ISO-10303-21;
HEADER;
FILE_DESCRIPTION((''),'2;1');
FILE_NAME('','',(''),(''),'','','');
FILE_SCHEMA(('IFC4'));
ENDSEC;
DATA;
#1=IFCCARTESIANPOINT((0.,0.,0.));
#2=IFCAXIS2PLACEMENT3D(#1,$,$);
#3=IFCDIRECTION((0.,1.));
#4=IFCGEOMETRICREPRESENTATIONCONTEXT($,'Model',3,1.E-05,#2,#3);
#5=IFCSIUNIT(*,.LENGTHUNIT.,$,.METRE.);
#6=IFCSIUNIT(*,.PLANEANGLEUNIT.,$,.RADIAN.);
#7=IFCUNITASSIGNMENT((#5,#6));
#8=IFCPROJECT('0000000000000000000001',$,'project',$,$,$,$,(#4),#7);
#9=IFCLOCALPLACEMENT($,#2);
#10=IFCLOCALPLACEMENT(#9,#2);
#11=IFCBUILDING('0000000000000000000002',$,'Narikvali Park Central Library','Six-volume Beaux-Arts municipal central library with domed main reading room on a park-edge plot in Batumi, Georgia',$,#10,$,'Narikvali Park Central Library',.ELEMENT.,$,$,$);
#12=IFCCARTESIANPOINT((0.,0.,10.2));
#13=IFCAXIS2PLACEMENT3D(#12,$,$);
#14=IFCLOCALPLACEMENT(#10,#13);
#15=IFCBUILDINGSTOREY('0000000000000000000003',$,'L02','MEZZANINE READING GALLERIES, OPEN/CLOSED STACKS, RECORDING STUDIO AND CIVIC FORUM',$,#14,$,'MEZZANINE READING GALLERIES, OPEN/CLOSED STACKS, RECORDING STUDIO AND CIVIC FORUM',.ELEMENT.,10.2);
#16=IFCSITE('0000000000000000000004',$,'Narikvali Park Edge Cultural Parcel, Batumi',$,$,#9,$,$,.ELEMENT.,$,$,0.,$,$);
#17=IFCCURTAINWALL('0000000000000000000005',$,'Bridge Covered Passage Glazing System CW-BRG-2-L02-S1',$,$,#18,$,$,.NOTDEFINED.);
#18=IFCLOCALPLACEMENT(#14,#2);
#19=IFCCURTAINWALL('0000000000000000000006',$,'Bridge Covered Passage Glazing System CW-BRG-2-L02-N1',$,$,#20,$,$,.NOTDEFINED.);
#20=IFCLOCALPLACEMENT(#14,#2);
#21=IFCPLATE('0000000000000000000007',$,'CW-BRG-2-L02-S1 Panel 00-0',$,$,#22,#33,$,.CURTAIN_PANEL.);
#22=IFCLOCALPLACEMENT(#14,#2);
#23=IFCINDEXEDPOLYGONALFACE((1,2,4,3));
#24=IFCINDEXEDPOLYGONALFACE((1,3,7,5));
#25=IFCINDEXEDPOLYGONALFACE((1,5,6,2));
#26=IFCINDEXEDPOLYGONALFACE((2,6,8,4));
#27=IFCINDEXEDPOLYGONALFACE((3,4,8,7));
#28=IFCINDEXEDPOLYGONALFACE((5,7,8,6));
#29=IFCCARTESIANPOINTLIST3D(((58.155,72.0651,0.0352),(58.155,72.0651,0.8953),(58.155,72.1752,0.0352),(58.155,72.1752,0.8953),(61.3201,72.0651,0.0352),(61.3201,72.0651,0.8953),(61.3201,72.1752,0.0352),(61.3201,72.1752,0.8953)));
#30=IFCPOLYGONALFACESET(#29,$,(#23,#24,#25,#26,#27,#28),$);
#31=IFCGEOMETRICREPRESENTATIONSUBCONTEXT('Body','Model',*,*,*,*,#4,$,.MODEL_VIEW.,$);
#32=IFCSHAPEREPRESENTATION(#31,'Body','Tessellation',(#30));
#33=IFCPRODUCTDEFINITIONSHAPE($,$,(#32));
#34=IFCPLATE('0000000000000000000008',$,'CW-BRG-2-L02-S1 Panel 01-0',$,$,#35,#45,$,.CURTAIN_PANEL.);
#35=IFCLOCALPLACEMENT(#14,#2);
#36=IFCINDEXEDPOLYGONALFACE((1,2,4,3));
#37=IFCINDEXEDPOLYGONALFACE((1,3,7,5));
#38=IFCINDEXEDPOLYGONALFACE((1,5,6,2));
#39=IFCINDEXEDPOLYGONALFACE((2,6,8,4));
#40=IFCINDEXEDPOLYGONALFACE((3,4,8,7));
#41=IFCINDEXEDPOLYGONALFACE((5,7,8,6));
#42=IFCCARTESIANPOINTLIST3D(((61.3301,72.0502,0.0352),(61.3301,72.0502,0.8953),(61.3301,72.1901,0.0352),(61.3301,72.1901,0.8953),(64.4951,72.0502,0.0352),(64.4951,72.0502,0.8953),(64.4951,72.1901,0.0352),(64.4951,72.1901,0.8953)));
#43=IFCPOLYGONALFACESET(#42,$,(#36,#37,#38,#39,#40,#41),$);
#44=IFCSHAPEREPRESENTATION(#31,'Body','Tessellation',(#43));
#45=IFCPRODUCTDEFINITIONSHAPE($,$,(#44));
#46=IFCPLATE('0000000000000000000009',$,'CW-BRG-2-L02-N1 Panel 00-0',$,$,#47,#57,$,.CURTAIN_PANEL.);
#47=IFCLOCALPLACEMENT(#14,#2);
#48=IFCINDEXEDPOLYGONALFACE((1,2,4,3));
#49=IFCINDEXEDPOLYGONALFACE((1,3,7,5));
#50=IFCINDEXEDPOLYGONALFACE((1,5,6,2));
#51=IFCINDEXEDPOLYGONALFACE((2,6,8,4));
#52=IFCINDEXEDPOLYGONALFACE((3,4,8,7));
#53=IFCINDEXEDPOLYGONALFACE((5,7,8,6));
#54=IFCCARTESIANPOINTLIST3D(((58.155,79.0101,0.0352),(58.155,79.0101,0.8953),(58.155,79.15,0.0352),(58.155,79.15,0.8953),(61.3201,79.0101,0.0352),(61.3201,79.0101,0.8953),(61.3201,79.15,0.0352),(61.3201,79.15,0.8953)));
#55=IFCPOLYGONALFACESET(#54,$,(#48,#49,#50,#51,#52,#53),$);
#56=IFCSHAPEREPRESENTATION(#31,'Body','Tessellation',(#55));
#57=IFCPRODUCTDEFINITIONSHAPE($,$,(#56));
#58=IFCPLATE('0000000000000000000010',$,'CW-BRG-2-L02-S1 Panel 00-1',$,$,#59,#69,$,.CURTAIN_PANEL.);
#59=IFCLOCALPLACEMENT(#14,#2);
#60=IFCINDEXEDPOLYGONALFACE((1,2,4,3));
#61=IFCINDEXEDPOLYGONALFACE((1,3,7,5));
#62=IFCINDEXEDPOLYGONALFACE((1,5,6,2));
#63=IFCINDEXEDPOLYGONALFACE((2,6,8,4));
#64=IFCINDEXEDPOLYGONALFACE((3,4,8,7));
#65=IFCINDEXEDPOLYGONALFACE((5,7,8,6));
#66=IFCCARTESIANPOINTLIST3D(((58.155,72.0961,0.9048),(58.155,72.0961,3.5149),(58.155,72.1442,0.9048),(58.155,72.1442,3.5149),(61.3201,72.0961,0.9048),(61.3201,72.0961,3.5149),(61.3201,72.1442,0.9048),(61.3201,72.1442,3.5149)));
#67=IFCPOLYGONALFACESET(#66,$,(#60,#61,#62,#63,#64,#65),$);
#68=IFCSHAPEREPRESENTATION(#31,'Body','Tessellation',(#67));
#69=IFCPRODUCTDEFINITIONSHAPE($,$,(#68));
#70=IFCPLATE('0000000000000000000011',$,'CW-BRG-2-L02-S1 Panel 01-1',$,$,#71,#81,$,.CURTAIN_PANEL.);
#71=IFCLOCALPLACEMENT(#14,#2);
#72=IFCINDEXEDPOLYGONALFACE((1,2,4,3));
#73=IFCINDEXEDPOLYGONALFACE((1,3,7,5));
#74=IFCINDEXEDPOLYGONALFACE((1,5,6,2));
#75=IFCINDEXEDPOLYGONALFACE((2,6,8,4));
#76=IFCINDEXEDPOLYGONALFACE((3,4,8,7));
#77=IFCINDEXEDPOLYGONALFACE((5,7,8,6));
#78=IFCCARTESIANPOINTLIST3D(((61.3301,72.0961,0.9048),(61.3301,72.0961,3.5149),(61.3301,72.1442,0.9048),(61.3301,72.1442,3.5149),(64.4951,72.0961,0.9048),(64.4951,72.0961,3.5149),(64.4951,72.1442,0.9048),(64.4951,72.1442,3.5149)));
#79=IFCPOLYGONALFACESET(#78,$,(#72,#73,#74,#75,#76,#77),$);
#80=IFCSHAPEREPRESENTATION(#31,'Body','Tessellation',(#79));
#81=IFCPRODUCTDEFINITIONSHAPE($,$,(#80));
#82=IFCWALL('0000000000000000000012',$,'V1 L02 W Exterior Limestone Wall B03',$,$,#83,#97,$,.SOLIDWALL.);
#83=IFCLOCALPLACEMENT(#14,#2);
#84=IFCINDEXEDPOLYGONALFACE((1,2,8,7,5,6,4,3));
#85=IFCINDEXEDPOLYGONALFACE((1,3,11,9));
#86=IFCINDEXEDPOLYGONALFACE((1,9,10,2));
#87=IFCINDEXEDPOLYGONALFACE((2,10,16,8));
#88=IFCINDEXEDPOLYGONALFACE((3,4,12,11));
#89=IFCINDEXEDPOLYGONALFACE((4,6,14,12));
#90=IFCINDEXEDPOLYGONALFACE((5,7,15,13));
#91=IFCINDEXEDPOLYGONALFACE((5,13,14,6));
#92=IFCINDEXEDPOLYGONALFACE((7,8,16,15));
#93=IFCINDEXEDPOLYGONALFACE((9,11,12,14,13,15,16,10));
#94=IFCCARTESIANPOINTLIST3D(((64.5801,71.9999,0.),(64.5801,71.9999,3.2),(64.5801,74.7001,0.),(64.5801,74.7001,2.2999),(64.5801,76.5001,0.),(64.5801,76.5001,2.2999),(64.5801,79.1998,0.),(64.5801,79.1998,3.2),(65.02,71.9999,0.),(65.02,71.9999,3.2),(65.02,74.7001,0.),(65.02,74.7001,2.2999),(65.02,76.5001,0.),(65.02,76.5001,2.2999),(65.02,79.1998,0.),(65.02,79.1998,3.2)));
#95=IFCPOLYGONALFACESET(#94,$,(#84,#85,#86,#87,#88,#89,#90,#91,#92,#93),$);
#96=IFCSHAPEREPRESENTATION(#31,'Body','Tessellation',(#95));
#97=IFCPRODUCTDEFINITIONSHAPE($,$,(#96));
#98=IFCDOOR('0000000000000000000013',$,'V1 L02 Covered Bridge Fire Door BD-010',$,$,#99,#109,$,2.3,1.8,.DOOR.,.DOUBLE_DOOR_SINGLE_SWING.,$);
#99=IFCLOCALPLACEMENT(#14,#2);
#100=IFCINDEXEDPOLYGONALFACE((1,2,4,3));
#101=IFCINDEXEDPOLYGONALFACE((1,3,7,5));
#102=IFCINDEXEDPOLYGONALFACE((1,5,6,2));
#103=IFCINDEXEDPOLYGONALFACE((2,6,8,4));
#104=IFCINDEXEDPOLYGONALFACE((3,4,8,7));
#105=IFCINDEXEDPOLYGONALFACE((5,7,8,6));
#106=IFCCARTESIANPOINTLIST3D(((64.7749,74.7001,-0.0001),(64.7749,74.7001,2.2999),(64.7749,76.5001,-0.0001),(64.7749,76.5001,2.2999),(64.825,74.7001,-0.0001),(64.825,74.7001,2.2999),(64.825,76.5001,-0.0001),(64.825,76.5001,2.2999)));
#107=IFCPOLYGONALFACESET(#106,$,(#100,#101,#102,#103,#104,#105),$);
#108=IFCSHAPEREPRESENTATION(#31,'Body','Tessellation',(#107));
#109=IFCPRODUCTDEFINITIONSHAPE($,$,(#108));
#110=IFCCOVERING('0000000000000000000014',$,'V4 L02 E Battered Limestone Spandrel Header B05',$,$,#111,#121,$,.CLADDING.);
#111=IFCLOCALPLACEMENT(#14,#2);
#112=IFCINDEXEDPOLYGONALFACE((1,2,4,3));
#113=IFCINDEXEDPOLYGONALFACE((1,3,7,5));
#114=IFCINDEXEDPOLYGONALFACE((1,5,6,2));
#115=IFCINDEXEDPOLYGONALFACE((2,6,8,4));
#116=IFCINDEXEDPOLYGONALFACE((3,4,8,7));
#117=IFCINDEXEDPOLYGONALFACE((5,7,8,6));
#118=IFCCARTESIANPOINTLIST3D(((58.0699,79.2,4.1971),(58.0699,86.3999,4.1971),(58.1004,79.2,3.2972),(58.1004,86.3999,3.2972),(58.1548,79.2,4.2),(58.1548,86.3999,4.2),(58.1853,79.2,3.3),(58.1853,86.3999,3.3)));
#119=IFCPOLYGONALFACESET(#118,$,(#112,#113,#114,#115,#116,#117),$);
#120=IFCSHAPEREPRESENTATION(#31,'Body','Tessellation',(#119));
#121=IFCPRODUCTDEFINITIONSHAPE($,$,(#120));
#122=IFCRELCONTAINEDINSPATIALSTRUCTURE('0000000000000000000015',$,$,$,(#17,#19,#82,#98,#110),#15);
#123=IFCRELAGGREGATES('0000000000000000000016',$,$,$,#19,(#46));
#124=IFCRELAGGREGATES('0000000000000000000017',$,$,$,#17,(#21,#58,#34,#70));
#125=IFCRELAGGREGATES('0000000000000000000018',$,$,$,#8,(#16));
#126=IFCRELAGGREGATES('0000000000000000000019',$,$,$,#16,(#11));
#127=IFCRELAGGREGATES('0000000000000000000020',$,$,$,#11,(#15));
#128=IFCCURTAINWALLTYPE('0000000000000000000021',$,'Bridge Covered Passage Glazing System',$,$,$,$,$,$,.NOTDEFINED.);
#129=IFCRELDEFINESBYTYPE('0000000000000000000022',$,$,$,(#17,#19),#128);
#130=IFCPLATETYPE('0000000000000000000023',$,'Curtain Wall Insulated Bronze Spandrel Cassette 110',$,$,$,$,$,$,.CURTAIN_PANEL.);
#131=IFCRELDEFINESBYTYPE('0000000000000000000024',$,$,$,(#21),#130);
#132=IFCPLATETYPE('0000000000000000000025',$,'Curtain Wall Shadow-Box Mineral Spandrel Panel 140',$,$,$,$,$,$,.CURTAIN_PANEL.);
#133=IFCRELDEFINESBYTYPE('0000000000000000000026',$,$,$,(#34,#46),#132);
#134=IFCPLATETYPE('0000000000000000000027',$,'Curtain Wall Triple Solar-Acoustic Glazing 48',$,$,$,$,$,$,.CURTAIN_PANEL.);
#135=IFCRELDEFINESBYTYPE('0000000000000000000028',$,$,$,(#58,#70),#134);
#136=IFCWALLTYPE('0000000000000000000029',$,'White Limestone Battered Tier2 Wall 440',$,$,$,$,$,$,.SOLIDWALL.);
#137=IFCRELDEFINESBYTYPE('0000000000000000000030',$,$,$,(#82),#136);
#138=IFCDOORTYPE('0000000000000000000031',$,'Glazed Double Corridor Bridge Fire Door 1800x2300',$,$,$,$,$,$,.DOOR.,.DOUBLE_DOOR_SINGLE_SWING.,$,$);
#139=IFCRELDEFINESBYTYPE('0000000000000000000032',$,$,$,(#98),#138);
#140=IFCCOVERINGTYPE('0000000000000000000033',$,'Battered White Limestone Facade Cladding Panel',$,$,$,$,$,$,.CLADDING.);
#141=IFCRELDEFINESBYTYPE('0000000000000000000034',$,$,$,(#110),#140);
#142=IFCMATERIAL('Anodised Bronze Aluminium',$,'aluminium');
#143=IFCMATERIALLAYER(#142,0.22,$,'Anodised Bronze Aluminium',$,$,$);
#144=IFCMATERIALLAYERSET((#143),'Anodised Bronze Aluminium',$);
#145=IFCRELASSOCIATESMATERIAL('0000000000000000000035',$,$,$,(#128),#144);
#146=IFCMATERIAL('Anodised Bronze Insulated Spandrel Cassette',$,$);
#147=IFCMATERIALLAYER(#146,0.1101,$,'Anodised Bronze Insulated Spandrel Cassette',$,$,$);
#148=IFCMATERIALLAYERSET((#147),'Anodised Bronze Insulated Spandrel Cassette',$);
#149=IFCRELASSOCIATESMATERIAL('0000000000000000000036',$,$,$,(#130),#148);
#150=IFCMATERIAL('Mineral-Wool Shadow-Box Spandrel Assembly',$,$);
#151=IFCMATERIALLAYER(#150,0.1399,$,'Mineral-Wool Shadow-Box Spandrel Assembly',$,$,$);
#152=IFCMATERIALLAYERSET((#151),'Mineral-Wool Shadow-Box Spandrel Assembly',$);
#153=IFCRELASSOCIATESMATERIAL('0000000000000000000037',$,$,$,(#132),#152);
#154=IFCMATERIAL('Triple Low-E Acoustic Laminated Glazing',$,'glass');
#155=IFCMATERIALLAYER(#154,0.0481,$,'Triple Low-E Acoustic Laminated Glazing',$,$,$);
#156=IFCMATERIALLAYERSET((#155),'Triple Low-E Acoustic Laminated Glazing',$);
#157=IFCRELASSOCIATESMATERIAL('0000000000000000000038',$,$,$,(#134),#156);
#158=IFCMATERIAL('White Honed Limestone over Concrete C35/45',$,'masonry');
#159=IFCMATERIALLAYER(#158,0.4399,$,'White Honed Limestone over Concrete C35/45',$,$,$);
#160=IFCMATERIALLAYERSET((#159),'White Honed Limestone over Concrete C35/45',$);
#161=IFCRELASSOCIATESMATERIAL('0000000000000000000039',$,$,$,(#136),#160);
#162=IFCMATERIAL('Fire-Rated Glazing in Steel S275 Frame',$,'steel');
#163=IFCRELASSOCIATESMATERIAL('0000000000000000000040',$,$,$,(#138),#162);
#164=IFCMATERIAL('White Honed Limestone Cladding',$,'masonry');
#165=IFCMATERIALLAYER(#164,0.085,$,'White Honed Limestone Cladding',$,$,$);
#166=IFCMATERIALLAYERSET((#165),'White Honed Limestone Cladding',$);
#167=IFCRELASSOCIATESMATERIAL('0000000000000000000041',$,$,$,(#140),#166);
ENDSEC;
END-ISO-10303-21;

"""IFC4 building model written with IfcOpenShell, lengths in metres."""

from ifc_helpers import new_model, si_unit, direction, frame, frame_2d, origin, origin_2d, place, context, subcontext, project, spatial, polyline, rectangle, outline, extrude, material, layer, layer_set, type_object, element, fill, aggregate, save


model = new_model("IFC4")

# Units and contexts
model_context = context("Model", 3, precision=1e-05, world=origin(), true_north=direction((0.0, 1.0)))
body_context = subcontext(model_context, "Body", "Model", "MODEL_VIEW")
ifc_project = project(units=[si_unit("LENGTHUNIT", "METRE"), si_unit("PLANEANGLEUNIT", "RADIAN")], contexts=[model_context])

# Site, building, storey
site_placement = place(None, origin())
site = spatial("IfcSite", under=ifc_project, at=site_placement, Name="Narikvali Park Edge Cultural Parcel, Batumi", CompositionType="ELEMENT", RefElevation=0.0)
building_placement = place(site_placement, origin())
building = spatial("IfcBuilding", under=site, at=building_placement, Name="Narikvali Park Central Library", Description="Six-volume Beaux-Arts municipal central library with domed main reading room on a park-edge plot in Batumi, Georgia", LongName="Narikvali Park Central Library", CompositionType="ELEMENT")
storey_placement = place(building_placement, frame((0.0, 0.0, 10.2)))
storey = spatial("IfcBuildingStorey", under=building, at=storey_placement, Name="L02", Description="MEZZANINE READING GALLERIES, OPEN/CLOSED STACKS, RECORDING STUDIO AND CIVIC FORUM", LongName="MEZZANINE READING GALLERIES, OPEN/CLOSED STACKS, RECORDING STUDIO AND CIVIC FORUM", CompositionType="ELEMENT", Elevation=10.2)

# Curtain walls
ifc_material_1 = material(Name="Anodised Bronze Aluminium", Category="aluminium")
ifc_layer_1 = layer(ifc_material_1, 0.22, Name="Anodised Bronze Aluminium")
ifc_layer_set_1 = layer_set([ifc_layer_1], Name="Anodised Bronze Aluminium")
curtain_wall_type = type_object("IfcCurtainWallType", Name="Bridge Covered Passage Glazing System", PredefinedType="NOTDEFINED", material=ifc_layer_set_1)
curtain_wall_1_placement = place(storey_placement, origin())
curtain_wall_1 = element("IfcCurtainWall", 1, at=curtain_wall_1_placement, inside=storey, type_object=curtain_wall_type, Name="Bridge Covered Passage Glazing System CW-BRG-2-L02-S1", PredefinedType="NOTDEFINED")
curtain_wall_2_placement = place(storey_placement, origin())
curtain_wall_2 = element("IfcCurtainWall", 2, at=curtain_wall_2_placement, inside=storey, type_object=curtain_wall_type, Name="Bridge Covered Passage Glazing System CW-BRG-2-L02-N1", PredefinedType="NOTDEFINED")

# Plates
ifc_material_2 = material(Name="Anodised Bronze Insulated Spandrel Cassette")
ifc_layer_2 = layer(ifc_material_2, 0.1101, Name="Anodised Bronze Insulated Spandrel Cassette")
ifc_layer_set_2 = layer_set([ifc_layer_2], Name="Anodised Bronze Insulated Spandrel Cassette")
plate_type_1 = type_object("IfcPlateType", Name="Curtain Wall Insulated Bronze Spandrel Cassette 110", PredefinedType="CURTAIN_PANEL", material=ifc_layer_set_2)
plate_1_placement = place(storey_placement, frame((59.7375, 72.1201, 0.0352), z_axis=(0.0, 0.0, 1.0), x_axis=(1.0, 0.0, 0.0)))
plate_1 = element("IfcPlate", 3, at=plate_1_placement, type_object=plate_type_1, Name="CW-BRG-2-L02-S1 Panel 00-0", PredefinedType="CURTAIN_PANEL", context=body_context, shape_type="SweptSolid", body=[
    extrude(rectangle(XDim=3.165, YDim=0.1101, at=origin_2d()), origin(), (0.0, 0.0, 1.0), 0.8601),
])
ifc_material_3 = material(Name="Mineral-Wool Shadow-Box Spandrel Assembly")
ifc_layer_3 = layer(ifc_material_3, 0.1399, Name="Mineral-Wool Shadow-Box Spandrel Assembly")
ifc_layer_set_3 = layer_set([ifc_layer_3], Name="Mineral-Wool Shadow-Box Spandrel Assembly")
plate_type_2 = type_object("IfcPlateType", Name="Curtain Wall Shadow-Box Mineral Spandrel Panel 140", PredefinedType="CURTAIN_PANEL", material=ifc_layer_set_3)
plate_2_placement = place(storey_placement, frame((62.9126, 72.1201, 0.0352), z_axis=(0.0, 0.0, 1.0), x_axis=(1.0, 0.0, 0.0)))
plate_2 = element("IfcPlate", 4, at=plate_2_placement, type_object=plate_type_2, Name="CW-BRG-2-L02-S1 Panel 01-0", PredefinedType="CURTAIN_PANEL", context=body_context, shape_type="SweptSolid", body=[
    extrude(rectangle(XDim=3.165, YDim=0.1399, at=origin_2d()), origin(), (0.0, 0.0, 1.0), 0.8601),
])
plate_3_placement = place(storey_placement, frame((59.7375, 79.0801, 0.0352), z_axis=(0.0, 0.0, 1.0), x_axis=(1.0, 0.0, 0.0)))
plate_3 = element("IfcPlate", 5, at=plate_3_placement, type_object=plate_type_2, Name="CW-BRG-2-L02-N1 Panel 00-0", PredefinedType="CURTAIN_PANEL", context=body_context, shape_type="SweptSolid", body=[
    extrude(rectangle(XDim=3.165, YDim=0.1399, at=origin_2d()), origin(), (0.0, 0.0, 1.0), 0.8601),
])
aggregate(curtain_wall_2, [plate_3])
ifc_material_4 = material(Name="Triple Low-E Acoustic Laminated Glazing", Category="glass")
ifc_layer_4 = layer(ifc_material_4, 0.0481, Name="Triple Low-E Acoustic Laminated Glazing")
ifc_layer_set_4 = layer_set([ifc_layer_4], Name="Triple Low-E Acoustic Laminated Glazing")
plate_type_3 = type_object("IfcPlateType", Name="Curtain Wall Triple Solar-Acoustic Glazing 48", PredefinedType="CURTAIN_PANEL", material=ifc_layer_set_4)
plate_4_placement = place(storey_placement, frame((59.7375, 72.1201, 0.9048), z_axis=(0.0, 0.0, 1.0), x_axis=(1.0, 0.0, 0.0)))
plate_4 = element("IfcPlate", 6, at=plate_4_placement, type_object=plate_type_3, Name="CW-BRG-2-L02-S1 Panel 00-1", PredefinedType="CURTAIN_PANEL", context=body_context, shape_type="SweptSolid", body=[
    extrude(rectangle(XDim=3.165, YDim=0.0481, at=origin_2d()), origin(), (0.0, 0.0, 1.0), 2.6101),
])
plate_5_placement = place(storey_placement, frame((62.9126, 72.1201, 0.9048), z_axis=(0.0, 0.0, 1.0), x_axis=(1.0, 0.0, 0.0)))
plate_5 = element("IfcPlate", 7, at=plate_5_placement, type_object=plate_type_3, Name="CW-BRG-2-L02-S1 Panel 01-1", PredefinedType="CURTAIN_PANEL", context=body_context, shape_type="SweptSolid", body=[
    extrude(rectangle(XDim=3.165, YDim=0.0481, at=origin_2d()), origin(), (0.0, 0.0, 1.0), 2.6101),
])
aggregate(curtain_wall_1, [plate_1, plate_4, plate_2, plate_5])

# Wall, opening, door
ifc_material_5 = material(Name="White Honed Limestone over Concrete C35/45", Category="masonry")
ifc_layer_5 = layer(ifc_material_5, 0.4399, Name="White Honed Limestone over Concrete C35/45")
ifc_layer_set_5 = layer_set([ifc_layer_5], Name="White Honed Limestone over Concrete C35/45")
wall_type = type_object("IfcWallType", Name="White Limestone Battered Tier2 Wall 440", PredefinedType="SOLIDWALL", material=ifc_layer_set_5)
wall_placement = place(storey_placement, frame((64.8, 79.2, 0.0), z_axis=(0.0, 0.0, 1.0), x_axis=(0.0, -1.0, 0.0)))
wall = element("IfcWall", 8, at=wall_placement, inside=storey, type_object=wall_type, Name="V1 L02 W Exterior Limestone Wall B03", PredefinedType="SOLIDWALL", context=body_context, shape_type="SweptSolid", body=[
    extrude(rectangle(XDim=7.2, YDim=0.4399, at=frame_2d((3.6001, 0.0))), origin(), (0.0, 0.0, 1.0), 3.2),
])
opening_placement = place(wall_placement, frame((2.7, 0.0, 0.0)))
opening = element("IfcOpeningElement", 9, at=opening_placement, cuts=wall, PredefinedType="OPENING", context=body_context, shape_type="SweptSolid", body=[
    extrude(rectangle(XDim=1.8, YDim=2.3, at=frame_2d((0.8999, 1.1499))), frame((0.0, 0.2319, 0.0), z_axis=(0.0, -1.0, 0.0), x_axis=(1.0, 0.0, 0.0)), (0.0, 0.0, 1.0), 0.4639),
])
ifc_material_6 = material(Name="Fire-Rated Glazing in Steel S275 Frame", Category="steel")
door_type = type_object("IfcDoorType", Name="Glazed Double Corridor Bridge Fire Door 1800x2300", OperationType="DOUBLE_DOOR_SINGLE_SWING", PredefinedType="DOOR", material=ifc_material_6)
door_placement = place(opening_placement, origin())
door = element("IfcDoor", 10, at=door_placement, inside=storey, type_object=door_type, Name="V1 L02 Covered Bridge Fire Door BD-010", OperationType="DOUBLE_DOOR_SINGLE_SWING", OverallHeight=2.3, OverallWidth=1.8, PredefinedType="DOOR", context=body_context, shape_type="SweptSolid", body=[
    extrude(rectangle(XDim=1.8, YDim=2.3, at=frame_2d((0.8999, 1.1499))), frame((0.0, 0.0249, 0.0), z_axis=(0.0, -1.0, 0.0), x_axis=(1.0, 0.0, 0.0)), (0.0, 0.0, 1.0), 0.05),
])
fill(opening, door)

# Covering
ifc_material_7 = material(Name="White Honed Limestone Cladding", Category="masonry")
ifc_layer_6 = layer(ifc_material_7, 0.085, Name="White Honed Limestone Cladding")
ifc_layer_set_6 = layer_set([ifc_layer_6], Name="White Honed Limestone Cladding")
covering_type = type_object("IfcCoveringType", Name="Battered White Limestone Facade Cladding Panel", PredefinedType="CLADDING", material=ifc_layer_set_6)
covering_placement = place(storey_placement, frame((58.1853, 79.2, 3.3), z_axis=(0.999425, 0.0, 0.033893), x_axis=(0.0, 1.0, 0.0)))
element("IfcCovering", 11, at=covering_placement, inside=storey, type_object=covering_type, Name="V4 L02 E Battered Limestone Spandrel Header B05", PredefinedType="CLADDING", context=body_context, shape_type="SweptSolid", body=[
    extrude(outline(polyline([(0.0, 0.0), (7.2, 0.0), (7.2, 0.9004), (0.0, 0.9004), (0.0, 0.0)])), origin(), (0.0, 0.0, -1.0), 0.085),
])

save(model, "model.ifc")
